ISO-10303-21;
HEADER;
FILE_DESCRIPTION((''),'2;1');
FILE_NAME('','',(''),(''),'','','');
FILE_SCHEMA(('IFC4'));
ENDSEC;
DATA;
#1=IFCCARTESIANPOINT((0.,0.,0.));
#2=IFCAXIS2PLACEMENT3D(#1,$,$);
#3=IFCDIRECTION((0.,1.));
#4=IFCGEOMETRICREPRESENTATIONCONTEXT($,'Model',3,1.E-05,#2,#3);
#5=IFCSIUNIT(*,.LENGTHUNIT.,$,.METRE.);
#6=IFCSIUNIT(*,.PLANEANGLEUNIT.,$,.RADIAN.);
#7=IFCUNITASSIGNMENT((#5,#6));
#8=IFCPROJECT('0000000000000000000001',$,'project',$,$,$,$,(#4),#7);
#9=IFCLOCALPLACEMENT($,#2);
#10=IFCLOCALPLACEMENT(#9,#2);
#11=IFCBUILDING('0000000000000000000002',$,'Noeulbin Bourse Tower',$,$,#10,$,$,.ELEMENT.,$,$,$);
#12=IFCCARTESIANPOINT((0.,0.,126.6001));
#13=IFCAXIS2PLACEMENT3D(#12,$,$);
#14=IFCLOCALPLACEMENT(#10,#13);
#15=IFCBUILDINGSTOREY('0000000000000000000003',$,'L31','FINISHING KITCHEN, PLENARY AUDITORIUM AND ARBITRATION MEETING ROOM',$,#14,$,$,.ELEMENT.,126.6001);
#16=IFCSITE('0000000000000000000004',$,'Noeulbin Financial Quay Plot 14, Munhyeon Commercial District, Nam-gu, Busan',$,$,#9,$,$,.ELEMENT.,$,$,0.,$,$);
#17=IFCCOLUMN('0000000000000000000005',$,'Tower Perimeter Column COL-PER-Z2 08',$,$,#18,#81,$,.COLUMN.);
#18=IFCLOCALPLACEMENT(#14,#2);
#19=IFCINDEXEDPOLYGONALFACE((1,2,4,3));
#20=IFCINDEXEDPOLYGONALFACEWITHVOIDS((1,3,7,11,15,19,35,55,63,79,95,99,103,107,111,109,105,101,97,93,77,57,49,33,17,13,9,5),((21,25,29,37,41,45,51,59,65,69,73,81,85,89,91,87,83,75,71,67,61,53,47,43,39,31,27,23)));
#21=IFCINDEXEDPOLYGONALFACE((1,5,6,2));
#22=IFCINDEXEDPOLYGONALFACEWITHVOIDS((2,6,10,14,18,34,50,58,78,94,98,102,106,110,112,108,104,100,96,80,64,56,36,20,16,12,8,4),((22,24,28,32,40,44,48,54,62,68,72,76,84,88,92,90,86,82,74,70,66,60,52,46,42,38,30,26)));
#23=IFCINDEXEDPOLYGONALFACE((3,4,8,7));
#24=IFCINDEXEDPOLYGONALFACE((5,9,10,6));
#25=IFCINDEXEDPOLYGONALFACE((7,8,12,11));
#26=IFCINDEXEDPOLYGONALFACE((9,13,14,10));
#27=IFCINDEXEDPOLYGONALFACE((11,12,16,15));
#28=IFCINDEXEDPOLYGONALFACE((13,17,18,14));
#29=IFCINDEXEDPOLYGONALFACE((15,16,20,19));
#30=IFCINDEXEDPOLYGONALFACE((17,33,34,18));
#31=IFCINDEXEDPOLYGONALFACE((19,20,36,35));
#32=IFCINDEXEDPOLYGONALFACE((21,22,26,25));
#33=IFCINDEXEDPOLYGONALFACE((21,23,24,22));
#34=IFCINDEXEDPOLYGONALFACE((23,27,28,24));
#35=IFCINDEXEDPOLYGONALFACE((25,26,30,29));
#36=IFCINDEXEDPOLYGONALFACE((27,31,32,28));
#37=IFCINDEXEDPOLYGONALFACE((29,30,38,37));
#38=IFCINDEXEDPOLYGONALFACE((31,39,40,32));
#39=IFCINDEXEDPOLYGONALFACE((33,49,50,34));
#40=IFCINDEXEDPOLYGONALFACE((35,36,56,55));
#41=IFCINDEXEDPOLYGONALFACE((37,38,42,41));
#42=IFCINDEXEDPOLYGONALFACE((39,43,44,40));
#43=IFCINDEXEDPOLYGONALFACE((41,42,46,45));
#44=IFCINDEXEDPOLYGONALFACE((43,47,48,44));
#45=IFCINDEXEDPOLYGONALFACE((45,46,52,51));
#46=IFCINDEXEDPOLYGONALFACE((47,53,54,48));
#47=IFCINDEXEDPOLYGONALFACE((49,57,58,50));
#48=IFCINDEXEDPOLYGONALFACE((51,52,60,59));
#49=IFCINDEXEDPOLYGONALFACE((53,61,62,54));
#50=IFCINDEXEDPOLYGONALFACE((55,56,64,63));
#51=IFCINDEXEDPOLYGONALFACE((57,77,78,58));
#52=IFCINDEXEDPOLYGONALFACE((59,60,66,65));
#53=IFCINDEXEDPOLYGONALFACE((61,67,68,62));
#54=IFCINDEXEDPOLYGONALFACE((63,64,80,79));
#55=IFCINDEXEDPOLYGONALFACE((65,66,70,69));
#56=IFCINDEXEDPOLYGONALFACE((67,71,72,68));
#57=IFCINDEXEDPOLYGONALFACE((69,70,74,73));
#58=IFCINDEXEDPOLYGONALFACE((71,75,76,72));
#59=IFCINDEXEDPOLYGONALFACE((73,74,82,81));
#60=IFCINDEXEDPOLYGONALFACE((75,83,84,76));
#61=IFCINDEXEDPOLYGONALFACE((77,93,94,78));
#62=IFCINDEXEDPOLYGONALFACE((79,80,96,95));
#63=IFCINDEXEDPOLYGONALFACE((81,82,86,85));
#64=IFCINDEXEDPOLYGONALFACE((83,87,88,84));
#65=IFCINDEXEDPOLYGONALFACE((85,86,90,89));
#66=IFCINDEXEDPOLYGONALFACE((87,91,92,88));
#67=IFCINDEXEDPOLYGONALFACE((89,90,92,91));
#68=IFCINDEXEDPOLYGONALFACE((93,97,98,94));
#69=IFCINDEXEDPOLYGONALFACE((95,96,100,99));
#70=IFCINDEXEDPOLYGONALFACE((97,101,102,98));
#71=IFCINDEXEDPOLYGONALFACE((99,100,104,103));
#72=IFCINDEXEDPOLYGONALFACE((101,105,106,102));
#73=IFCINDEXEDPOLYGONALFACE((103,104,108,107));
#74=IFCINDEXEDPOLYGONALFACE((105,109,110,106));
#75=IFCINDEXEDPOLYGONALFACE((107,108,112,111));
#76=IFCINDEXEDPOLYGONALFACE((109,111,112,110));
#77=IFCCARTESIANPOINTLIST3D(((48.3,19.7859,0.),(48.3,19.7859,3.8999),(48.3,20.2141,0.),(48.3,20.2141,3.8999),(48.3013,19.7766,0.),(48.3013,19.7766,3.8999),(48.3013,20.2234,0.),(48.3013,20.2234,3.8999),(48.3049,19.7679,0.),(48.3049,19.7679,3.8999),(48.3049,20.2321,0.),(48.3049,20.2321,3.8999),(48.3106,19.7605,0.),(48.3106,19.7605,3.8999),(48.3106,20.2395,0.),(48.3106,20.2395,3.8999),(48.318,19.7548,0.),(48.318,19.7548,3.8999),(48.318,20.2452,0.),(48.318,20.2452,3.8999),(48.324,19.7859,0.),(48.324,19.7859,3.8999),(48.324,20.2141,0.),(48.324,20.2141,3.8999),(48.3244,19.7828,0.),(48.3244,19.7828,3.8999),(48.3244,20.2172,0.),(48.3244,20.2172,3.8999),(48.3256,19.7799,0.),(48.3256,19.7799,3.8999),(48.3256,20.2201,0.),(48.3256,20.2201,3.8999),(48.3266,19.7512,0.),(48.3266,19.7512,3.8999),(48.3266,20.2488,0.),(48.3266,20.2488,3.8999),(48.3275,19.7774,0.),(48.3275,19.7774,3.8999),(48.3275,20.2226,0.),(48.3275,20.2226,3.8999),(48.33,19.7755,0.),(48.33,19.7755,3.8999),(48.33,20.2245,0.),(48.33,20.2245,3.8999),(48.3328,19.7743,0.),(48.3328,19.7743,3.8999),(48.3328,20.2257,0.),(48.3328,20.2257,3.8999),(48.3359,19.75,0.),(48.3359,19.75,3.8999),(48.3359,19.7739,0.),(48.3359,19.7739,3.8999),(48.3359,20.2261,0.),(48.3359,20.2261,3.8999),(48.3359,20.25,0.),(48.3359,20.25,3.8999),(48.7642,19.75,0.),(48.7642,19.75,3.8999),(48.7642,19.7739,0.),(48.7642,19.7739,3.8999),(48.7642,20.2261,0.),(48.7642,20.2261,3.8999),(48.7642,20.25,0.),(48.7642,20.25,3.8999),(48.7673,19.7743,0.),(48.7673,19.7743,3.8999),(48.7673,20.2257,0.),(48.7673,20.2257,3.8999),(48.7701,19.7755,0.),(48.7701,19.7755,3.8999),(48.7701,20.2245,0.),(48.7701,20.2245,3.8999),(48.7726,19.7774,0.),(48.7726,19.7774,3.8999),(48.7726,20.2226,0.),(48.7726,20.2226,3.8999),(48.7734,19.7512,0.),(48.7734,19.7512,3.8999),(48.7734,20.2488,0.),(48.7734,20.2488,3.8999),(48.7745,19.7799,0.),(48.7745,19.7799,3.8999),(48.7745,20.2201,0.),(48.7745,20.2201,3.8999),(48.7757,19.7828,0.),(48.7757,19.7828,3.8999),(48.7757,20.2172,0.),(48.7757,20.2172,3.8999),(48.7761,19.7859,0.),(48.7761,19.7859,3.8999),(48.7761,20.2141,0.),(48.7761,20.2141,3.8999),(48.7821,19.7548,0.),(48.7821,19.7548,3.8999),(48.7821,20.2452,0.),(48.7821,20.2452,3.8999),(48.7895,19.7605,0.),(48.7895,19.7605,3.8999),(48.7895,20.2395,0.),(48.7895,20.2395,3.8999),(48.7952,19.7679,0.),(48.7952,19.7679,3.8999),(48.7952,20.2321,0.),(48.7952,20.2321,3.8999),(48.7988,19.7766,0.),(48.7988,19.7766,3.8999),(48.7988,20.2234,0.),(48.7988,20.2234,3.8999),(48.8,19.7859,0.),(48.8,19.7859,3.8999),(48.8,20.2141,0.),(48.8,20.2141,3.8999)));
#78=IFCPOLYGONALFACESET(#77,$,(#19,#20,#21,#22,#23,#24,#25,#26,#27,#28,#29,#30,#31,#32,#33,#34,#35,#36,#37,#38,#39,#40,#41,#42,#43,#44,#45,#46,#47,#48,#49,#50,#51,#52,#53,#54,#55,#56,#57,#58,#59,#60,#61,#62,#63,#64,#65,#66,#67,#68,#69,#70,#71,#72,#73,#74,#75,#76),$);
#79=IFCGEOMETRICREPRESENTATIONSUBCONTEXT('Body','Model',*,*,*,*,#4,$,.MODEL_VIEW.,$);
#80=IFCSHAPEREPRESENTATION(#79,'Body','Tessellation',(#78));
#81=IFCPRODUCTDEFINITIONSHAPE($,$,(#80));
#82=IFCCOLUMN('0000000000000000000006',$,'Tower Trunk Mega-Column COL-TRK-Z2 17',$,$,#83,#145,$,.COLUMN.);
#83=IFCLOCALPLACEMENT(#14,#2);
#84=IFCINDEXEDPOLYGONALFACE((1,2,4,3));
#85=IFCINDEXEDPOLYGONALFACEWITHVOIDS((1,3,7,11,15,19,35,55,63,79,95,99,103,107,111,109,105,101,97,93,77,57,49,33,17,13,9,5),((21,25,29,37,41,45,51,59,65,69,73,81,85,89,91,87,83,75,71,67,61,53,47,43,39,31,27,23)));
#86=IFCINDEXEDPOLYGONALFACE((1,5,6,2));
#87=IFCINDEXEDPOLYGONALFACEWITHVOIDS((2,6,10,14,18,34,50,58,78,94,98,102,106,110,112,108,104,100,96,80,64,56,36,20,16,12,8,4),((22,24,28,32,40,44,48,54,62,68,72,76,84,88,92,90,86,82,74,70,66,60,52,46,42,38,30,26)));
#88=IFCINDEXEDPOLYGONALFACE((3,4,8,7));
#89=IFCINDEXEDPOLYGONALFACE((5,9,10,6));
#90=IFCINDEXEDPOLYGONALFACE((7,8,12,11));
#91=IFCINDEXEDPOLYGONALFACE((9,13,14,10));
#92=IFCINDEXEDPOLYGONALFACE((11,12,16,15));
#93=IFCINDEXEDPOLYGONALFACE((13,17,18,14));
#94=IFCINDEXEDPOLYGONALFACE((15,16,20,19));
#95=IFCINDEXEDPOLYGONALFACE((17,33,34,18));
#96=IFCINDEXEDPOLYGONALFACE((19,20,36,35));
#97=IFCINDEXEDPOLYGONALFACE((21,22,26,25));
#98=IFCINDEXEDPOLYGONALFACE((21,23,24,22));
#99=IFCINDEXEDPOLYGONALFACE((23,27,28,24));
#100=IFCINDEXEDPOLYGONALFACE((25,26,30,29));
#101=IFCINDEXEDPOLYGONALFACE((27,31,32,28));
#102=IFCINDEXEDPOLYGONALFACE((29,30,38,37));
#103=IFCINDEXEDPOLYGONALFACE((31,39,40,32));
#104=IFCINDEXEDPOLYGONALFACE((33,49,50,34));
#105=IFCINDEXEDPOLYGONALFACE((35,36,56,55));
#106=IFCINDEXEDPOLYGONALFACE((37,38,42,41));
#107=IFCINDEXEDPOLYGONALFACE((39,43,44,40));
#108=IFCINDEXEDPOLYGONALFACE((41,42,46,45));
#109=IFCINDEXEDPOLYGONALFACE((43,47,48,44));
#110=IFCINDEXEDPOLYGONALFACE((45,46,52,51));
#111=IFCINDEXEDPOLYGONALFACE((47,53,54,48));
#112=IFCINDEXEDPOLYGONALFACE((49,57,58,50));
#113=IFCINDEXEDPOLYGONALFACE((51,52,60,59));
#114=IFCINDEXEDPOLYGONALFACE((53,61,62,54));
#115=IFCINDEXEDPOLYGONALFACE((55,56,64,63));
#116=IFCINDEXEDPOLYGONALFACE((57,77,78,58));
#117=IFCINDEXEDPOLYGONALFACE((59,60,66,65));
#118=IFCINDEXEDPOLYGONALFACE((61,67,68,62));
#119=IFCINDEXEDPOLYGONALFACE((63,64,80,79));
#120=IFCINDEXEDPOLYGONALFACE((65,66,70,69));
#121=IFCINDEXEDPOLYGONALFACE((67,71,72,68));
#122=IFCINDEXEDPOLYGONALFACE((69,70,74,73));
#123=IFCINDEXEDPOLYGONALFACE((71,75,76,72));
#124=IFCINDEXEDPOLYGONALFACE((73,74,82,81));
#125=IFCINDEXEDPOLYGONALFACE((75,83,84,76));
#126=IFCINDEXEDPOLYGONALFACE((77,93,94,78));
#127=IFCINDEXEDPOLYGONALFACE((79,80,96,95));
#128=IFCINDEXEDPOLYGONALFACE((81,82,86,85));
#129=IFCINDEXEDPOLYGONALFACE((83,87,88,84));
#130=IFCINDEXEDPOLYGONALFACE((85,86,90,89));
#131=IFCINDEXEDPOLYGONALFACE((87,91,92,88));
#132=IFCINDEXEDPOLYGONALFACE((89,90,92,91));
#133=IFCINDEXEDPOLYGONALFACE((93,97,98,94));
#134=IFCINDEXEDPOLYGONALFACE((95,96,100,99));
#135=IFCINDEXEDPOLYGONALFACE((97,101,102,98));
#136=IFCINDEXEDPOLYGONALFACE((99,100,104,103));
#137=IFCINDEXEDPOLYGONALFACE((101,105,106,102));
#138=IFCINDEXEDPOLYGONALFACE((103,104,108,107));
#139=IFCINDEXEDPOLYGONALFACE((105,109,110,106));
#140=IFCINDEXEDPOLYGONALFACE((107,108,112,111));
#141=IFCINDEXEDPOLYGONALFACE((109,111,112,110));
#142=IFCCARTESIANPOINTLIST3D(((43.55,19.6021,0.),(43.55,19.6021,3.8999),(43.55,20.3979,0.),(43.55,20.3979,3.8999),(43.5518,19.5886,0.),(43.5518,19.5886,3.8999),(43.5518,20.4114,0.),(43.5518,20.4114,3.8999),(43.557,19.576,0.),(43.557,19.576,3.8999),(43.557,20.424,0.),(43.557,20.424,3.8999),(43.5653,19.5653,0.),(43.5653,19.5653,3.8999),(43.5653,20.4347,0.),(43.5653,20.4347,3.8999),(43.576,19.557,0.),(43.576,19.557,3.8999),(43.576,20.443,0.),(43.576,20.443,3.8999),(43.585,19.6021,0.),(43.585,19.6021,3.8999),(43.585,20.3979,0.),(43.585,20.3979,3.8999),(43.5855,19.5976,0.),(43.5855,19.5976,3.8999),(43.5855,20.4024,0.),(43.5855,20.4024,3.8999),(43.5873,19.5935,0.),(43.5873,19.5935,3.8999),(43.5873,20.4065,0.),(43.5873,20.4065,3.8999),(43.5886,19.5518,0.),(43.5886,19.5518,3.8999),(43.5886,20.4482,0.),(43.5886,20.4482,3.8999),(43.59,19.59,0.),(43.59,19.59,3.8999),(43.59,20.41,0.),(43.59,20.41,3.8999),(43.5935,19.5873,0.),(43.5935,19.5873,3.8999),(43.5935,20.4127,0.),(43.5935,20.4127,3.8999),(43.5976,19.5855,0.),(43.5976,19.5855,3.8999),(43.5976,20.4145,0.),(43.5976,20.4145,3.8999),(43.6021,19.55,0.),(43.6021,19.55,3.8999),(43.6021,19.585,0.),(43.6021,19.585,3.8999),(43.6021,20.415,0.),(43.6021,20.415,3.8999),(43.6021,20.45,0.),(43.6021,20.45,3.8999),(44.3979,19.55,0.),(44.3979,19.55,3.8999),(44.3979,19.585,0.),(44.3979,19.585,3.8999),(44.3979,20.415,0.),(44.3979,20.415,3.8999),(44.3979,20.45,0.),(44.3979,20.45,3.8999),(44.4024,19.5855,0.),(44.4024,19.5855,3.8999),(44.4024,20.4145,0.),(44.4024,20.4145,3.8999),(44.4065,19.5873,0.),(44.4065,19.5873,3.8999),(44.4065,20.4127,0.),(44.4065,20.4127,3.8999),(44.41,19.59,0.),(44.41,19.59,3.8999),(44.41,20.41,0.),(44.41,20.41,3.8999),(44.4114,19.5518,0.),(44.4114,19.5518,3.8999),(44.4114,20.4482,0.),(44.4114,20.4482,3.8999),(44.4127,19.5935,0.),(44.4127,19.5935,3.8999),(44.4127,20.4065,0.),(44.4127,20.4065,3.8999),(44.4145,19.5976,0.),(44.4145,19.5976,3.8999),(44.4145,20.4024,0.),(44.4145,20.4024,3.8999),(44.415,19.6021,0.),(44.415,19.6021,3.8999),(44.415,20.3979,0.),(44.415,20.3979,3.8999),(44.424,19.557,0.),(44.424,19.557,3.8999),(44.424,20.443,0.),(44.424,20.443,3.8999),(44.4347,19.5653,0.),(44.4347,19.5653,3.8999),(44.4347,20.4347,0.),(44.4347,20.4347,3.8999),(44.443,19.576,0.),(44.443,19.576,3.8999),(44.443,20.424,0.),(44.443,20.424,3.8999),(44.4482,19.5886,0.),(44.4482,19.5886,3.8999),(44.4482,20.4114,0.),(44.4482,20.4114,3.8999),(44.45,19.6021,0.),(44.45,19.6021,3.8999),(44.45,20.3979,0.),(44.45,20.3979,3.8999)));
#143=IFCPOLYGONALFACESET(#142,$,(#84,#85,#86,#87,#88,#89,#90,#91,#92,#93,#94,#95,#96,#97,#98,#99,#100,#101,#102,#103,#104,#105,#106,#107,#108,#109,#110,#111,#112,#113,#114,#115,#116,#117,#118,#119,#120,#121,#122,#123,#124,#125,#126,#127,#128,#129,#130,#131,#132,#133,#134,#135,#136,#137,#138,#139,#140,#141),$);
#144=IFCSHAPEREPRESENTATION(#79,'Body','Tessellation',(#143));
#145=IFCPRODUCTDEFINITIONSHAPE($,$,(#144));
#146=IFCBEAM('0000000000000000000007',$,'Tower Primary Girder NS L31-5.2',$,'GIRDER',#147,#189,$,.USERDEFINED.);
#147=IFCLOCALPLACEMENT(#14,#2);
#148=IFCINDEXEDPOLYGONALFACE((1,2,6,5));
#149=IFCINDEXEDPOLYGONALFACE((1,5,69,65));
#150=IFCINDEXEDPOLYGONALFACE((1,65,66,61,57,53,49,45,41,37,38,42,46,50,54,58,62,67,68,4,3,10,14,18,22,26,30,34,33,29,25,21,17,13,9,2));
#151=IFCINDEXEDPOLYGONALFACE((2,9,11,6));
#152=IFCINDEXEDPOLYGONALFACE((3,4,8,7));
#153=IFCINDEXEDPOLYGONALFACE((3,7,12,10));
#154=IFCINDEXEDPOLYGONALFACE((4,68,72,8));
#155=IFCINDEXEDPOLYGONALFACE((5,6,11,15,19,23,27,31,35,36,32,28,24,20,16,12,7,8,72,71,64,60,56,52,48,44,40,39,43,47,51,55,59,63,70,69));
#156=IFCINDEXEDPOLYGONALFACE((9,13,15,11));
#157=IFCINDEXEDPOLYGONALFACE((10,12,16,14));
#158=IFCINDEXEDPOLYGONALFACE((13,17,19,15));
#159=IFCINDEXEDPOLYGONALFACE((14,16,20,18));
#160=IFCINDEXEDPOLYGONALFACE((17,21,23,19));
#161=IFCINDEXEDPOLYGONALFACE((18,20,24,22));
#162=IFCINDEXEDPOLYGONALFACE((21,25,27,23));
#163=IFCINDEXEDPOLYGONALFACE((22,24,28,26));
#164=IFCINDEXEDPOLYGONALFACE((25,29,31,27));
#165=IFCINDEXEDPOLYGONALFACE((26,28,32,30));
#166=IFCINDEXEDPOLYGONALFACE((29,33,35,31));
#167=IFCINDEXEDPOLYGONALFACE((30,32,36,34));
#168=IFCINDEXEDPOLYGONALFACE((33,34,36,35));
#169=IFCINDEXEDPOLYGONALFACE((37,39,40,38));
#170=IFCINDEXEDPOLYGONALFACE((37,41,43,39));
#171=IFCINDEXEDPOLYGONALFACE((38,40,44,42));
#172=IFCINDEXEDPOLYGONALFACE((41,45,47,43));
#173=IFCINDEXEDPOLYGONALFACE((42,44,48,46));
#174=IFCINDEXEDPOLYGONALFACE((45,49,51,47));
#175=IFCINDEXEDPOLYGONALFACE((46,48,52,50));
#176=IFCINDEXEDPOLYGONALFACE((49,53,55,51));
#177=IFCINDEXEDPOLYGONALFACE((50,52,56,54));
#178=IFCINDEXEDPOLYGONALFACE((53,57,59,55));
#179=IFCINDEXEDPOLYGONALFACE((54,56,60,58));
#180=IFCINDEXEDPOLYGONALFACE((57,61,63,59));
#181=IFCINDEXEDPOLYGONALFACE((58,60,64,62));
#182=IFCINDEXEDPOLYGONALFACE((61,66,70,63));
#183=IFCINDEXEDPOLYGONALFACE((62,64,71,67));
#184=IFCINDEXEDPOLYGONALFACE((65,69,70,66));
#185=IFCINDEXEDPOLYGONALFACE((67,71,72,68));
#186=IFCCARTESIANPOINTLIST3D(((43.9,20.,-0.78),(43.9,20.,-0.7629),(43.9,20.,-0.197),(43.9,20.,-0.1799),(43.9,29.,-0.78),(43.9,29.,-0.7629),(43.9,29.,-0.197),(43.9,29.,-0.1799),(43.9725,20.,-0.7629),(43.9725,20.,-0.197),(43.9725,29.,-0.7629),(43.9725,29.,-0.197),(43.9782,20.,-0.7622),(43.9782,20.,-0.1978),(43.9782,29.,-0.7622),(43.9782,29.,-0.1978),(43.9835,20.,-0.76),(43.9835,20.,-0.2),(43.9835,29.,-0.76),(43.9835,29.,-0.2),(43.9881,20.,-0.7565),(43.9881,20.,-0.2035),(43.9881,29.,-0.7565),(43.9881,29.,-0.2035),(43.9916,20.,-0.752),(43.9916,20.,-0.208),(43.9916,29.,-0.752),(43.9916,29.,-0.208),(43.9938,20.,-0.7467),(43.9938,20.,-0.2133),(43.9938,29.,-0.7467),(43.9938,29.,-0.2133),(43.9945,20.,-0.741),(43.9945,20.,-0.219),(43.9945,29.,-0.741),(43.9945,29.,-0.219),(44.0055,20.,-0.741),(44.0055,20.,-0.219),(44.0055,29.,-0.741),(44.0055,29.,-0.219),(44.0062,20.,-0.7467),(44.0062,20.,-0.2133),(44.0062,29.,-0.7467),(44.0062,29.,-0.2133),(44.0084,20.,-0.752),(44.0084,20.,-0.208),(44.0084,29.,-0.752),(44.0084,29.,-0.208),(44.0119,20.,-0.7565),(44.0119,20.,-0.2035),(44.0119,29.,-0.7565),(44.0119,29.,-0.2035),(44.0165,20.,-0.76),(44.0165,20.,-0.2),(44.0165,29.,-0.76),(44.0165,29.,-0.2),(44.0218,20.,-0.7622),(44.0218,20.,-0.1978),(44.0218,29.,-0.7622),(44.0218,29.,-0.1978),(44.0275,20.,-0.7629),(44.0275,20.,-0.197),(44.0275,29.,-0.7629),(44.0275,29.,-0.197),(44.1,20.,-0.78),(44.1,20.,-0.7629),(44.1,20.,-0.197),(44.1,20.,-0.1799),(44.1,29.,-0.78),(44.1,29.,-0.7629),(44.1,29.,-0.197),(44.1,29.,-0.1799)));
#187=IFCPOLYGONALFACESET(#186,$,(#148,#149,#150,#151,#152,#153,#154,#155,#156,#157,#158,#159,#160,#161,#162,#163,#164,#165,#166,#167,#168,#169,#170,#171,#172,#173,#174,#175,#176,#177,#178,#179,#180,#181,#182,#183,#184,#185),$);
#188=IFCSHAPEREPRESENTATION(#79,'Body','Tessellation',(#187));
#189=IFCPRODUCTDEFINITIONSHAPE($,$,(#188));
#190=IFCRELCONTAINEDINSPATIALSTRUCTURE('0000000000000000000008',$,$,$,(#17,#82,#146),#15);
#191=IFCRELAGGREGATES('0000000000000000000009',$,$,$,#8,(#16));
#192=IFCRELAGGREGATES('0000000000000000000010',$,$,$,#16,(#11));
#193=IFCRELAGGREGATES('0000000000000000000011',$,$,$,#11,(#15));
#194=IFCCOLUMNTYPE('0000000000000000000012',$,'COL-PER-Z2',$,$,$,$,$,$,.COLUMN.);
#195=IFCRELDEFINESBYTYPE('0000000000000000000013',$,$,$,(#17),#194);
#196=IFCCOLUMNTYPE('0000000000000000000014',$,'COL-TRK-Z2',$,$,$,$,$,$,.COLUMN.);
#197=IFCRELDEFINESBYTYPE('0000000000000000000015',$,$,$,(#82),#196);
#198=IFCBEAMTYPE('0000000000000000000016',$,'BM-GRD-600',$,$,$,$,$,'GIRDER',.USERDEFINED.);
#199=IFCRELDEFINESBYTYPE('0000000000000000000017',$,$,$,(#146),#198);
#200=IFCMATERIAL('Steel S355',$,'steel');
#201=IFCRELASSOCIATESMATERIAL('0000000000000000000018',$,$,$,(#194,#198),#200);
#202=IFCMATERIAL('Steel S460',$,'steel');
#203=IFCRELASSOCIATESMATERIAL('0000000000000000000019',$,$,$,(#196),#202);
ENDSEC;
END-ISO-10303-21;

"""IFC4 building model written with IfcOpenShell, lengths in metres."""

from ifc_helpers import new_model, si_unit, direction, frame, origin, origin_2d, place, context, subcontext, project, spatial, hollow_rectangle, i_section, extrude, material, material_profile, profile_set, type_object, element, save


model = new_model("IFC4")

# Units and contexts
model_context = context("Model", 3, precision=1e-05, world=origin(), true_north=direction((0.0, 1.0)))
body_context = subcontext(model_context, "Body", "Model", "MODEL_VIEW")
ifc_project = project(units=[si_unit("LENGTHUNIT", "METRE"), si_unit("PLANEANGLEUNIT", "RADIAN")], contexts=[model_context])

# Site, building, storey
site_placement = place(None, origin())
site = spatial("IfcSite", under=ifc_project, at=site_placement, Name="Noeulbin Financial Quay Plot 14, Munhyeon Commercial District, Nam-gu, Busan", CompositionType="ELEMENT", RefElevation=0.0)
building_placement = place(site_placement, origin())
building = spatial("IfcBuilding", under=site, at=building_placement, Name="Noeulbin Bourse Tower", CompositionType="ELEMENT")
storey_placement = place(building_placement, frame((0.0, 0.0, 126.6001)))
storey = spatial("IfcBuildingStorey", under=building, at=storey_placement, Name="L31", Description="FINISHING KITCHEN, PLENARY AUDITORIUM AND ARBITRATION MEETING ROOM", CompositionType="ELEMENT", Elevation=126.6001)

# Columns
ifc_material_1 = material(Name="Steel S355", Category="steel")
ifc_material_profile_1 = material_profile(ifc_material_1, hollow_rectangle(XDim=0.5, YDim=0.5, WallThickness=0.0239, InnerFilletRadius=0.012, OuterFilletRadius=0.0359, at=origin_2d()), Name="BOX-500x500x24", Category="LoadBearing")
ifc_profile_set_1 = profile_set([ifc_material_profile_1], Name="Steel S355")
column_type_1 = type_object("IfcColumnType", Name="COL-PER-Z2", PredefinedType="COLUMN", material=ifc_profile_set_1)
column_1_placement = place(storey_placement, frame((48.55, 20.0, 0.0), z_axis=(0.0, 0.0, 1.0), x_axis=(1.0, 0.0, 0.0)))
element("IfcColumn", 1, at=column_1_placement, inside=storey, type_object=column_type_1, Name="Tower Perimeter Column COL-PER-Z2 08", PredefinedType="COLUMN", context=body_context, shape_type="SweptSolid", body=[
    extrude(hollow_rectangle(XDim=0.5, YDim=0.5, WallThickness=0.0239, InnerFilletRadius=0.012, OuterFilletRadius=0.0359, at=origin_2d()), origin(), (0.0, 0.0, 1.0), 3.8999),
])
ifc_material_2 = material(Name="Steel S460", Category="steel")
ifc_material_profile_2 = material_profile(ifc_material_2, hollow_rectangle(XDim=0.8999, YDim=0.8999, WallThickness=0.0349, InnerFilletRadius=0.0171, OuterFilletRadius=0.052, at=origin_2d()), Name="BOX-900x900x35", Category="LoadBearing")
ifc_profile_set_2 = profile_set([ifc_material_profile_2], Name="Steel S460")
column_type_2 = type_object("IfcColumnType", Name="COL-TRK-Z2", PredefinedType="COLUMN", material=ifc_profile_set_2)
column_2_placement = place(storey_placement, frame((44.0, 20.0, 0.0), z_axis=(0.0, 0.0, 1.0), x_axis=(1.0, 0.0, 0.0)))
element("IfcColumn", 2, at=column_2_placement, inside=storey, type_object=column_type_2, Name="Tower Trunk Mega-Column COL-TRK-Z2 17", PredefinedType="COLUMN", context=body_context, shape_type="SweptSolid", body=[
    extrude(hollow_rectangle(XDim=0.8999, YDim=0.8999, WallThickness=0.0349, InnerFilletRadius=0.0171, OuterFilletRadius=0.052, at=origin_2d()), origin(), (0.0, 0.0, 1.0), 3.8999),
])

# Beam
ifc_material_profile_3 = material_profile(ifc_material_1, i_section(OverallWidth=0.2, OverallDepth=0.6001, WebThickness=0.011, FlangeThickness=0.0171, FilletRadius=0.022, at=origin_2d()), Name="H-600x200x11x17", Category="LoadBearing")
ifc_profile_set_3 = profile_set([ifc_material_profile_3], Name="Steel S355")
beam_type_1 = type_object("IfcBeamType", Name="BM-GRD-600", ElementType="GIRDER", PredefinedType="USERDEFINED", material=ifc_profile_set_3)
beam_1_placement = place(storey_placement, frame((44.0, 20.0, -0.48), z_axis=(0.0, 1.0, 0.0), x_axis=(-1.0, 0.0, 0.0)))
element("IfcBeam", 3, at=beam_1_placement, inside=storey, type_object=beam_type_1, Name="Tower Primary Girder NS L31-5.2", ObjectType="GIRDER", PredefinedType="USERDEFINED", context=body_context, shape_type="SweptSolid", body=[
    extrude(i_section(OverallWidth=0.2, OverallDepth=0.6001, WebThickness=0.011, FlangeThickness=0.0171, FilletRadius=0.022, at=origin_2d()), origin(), (0.0, 0.0, 1.0), 9.0),
])

save(model, "model.ifc")
